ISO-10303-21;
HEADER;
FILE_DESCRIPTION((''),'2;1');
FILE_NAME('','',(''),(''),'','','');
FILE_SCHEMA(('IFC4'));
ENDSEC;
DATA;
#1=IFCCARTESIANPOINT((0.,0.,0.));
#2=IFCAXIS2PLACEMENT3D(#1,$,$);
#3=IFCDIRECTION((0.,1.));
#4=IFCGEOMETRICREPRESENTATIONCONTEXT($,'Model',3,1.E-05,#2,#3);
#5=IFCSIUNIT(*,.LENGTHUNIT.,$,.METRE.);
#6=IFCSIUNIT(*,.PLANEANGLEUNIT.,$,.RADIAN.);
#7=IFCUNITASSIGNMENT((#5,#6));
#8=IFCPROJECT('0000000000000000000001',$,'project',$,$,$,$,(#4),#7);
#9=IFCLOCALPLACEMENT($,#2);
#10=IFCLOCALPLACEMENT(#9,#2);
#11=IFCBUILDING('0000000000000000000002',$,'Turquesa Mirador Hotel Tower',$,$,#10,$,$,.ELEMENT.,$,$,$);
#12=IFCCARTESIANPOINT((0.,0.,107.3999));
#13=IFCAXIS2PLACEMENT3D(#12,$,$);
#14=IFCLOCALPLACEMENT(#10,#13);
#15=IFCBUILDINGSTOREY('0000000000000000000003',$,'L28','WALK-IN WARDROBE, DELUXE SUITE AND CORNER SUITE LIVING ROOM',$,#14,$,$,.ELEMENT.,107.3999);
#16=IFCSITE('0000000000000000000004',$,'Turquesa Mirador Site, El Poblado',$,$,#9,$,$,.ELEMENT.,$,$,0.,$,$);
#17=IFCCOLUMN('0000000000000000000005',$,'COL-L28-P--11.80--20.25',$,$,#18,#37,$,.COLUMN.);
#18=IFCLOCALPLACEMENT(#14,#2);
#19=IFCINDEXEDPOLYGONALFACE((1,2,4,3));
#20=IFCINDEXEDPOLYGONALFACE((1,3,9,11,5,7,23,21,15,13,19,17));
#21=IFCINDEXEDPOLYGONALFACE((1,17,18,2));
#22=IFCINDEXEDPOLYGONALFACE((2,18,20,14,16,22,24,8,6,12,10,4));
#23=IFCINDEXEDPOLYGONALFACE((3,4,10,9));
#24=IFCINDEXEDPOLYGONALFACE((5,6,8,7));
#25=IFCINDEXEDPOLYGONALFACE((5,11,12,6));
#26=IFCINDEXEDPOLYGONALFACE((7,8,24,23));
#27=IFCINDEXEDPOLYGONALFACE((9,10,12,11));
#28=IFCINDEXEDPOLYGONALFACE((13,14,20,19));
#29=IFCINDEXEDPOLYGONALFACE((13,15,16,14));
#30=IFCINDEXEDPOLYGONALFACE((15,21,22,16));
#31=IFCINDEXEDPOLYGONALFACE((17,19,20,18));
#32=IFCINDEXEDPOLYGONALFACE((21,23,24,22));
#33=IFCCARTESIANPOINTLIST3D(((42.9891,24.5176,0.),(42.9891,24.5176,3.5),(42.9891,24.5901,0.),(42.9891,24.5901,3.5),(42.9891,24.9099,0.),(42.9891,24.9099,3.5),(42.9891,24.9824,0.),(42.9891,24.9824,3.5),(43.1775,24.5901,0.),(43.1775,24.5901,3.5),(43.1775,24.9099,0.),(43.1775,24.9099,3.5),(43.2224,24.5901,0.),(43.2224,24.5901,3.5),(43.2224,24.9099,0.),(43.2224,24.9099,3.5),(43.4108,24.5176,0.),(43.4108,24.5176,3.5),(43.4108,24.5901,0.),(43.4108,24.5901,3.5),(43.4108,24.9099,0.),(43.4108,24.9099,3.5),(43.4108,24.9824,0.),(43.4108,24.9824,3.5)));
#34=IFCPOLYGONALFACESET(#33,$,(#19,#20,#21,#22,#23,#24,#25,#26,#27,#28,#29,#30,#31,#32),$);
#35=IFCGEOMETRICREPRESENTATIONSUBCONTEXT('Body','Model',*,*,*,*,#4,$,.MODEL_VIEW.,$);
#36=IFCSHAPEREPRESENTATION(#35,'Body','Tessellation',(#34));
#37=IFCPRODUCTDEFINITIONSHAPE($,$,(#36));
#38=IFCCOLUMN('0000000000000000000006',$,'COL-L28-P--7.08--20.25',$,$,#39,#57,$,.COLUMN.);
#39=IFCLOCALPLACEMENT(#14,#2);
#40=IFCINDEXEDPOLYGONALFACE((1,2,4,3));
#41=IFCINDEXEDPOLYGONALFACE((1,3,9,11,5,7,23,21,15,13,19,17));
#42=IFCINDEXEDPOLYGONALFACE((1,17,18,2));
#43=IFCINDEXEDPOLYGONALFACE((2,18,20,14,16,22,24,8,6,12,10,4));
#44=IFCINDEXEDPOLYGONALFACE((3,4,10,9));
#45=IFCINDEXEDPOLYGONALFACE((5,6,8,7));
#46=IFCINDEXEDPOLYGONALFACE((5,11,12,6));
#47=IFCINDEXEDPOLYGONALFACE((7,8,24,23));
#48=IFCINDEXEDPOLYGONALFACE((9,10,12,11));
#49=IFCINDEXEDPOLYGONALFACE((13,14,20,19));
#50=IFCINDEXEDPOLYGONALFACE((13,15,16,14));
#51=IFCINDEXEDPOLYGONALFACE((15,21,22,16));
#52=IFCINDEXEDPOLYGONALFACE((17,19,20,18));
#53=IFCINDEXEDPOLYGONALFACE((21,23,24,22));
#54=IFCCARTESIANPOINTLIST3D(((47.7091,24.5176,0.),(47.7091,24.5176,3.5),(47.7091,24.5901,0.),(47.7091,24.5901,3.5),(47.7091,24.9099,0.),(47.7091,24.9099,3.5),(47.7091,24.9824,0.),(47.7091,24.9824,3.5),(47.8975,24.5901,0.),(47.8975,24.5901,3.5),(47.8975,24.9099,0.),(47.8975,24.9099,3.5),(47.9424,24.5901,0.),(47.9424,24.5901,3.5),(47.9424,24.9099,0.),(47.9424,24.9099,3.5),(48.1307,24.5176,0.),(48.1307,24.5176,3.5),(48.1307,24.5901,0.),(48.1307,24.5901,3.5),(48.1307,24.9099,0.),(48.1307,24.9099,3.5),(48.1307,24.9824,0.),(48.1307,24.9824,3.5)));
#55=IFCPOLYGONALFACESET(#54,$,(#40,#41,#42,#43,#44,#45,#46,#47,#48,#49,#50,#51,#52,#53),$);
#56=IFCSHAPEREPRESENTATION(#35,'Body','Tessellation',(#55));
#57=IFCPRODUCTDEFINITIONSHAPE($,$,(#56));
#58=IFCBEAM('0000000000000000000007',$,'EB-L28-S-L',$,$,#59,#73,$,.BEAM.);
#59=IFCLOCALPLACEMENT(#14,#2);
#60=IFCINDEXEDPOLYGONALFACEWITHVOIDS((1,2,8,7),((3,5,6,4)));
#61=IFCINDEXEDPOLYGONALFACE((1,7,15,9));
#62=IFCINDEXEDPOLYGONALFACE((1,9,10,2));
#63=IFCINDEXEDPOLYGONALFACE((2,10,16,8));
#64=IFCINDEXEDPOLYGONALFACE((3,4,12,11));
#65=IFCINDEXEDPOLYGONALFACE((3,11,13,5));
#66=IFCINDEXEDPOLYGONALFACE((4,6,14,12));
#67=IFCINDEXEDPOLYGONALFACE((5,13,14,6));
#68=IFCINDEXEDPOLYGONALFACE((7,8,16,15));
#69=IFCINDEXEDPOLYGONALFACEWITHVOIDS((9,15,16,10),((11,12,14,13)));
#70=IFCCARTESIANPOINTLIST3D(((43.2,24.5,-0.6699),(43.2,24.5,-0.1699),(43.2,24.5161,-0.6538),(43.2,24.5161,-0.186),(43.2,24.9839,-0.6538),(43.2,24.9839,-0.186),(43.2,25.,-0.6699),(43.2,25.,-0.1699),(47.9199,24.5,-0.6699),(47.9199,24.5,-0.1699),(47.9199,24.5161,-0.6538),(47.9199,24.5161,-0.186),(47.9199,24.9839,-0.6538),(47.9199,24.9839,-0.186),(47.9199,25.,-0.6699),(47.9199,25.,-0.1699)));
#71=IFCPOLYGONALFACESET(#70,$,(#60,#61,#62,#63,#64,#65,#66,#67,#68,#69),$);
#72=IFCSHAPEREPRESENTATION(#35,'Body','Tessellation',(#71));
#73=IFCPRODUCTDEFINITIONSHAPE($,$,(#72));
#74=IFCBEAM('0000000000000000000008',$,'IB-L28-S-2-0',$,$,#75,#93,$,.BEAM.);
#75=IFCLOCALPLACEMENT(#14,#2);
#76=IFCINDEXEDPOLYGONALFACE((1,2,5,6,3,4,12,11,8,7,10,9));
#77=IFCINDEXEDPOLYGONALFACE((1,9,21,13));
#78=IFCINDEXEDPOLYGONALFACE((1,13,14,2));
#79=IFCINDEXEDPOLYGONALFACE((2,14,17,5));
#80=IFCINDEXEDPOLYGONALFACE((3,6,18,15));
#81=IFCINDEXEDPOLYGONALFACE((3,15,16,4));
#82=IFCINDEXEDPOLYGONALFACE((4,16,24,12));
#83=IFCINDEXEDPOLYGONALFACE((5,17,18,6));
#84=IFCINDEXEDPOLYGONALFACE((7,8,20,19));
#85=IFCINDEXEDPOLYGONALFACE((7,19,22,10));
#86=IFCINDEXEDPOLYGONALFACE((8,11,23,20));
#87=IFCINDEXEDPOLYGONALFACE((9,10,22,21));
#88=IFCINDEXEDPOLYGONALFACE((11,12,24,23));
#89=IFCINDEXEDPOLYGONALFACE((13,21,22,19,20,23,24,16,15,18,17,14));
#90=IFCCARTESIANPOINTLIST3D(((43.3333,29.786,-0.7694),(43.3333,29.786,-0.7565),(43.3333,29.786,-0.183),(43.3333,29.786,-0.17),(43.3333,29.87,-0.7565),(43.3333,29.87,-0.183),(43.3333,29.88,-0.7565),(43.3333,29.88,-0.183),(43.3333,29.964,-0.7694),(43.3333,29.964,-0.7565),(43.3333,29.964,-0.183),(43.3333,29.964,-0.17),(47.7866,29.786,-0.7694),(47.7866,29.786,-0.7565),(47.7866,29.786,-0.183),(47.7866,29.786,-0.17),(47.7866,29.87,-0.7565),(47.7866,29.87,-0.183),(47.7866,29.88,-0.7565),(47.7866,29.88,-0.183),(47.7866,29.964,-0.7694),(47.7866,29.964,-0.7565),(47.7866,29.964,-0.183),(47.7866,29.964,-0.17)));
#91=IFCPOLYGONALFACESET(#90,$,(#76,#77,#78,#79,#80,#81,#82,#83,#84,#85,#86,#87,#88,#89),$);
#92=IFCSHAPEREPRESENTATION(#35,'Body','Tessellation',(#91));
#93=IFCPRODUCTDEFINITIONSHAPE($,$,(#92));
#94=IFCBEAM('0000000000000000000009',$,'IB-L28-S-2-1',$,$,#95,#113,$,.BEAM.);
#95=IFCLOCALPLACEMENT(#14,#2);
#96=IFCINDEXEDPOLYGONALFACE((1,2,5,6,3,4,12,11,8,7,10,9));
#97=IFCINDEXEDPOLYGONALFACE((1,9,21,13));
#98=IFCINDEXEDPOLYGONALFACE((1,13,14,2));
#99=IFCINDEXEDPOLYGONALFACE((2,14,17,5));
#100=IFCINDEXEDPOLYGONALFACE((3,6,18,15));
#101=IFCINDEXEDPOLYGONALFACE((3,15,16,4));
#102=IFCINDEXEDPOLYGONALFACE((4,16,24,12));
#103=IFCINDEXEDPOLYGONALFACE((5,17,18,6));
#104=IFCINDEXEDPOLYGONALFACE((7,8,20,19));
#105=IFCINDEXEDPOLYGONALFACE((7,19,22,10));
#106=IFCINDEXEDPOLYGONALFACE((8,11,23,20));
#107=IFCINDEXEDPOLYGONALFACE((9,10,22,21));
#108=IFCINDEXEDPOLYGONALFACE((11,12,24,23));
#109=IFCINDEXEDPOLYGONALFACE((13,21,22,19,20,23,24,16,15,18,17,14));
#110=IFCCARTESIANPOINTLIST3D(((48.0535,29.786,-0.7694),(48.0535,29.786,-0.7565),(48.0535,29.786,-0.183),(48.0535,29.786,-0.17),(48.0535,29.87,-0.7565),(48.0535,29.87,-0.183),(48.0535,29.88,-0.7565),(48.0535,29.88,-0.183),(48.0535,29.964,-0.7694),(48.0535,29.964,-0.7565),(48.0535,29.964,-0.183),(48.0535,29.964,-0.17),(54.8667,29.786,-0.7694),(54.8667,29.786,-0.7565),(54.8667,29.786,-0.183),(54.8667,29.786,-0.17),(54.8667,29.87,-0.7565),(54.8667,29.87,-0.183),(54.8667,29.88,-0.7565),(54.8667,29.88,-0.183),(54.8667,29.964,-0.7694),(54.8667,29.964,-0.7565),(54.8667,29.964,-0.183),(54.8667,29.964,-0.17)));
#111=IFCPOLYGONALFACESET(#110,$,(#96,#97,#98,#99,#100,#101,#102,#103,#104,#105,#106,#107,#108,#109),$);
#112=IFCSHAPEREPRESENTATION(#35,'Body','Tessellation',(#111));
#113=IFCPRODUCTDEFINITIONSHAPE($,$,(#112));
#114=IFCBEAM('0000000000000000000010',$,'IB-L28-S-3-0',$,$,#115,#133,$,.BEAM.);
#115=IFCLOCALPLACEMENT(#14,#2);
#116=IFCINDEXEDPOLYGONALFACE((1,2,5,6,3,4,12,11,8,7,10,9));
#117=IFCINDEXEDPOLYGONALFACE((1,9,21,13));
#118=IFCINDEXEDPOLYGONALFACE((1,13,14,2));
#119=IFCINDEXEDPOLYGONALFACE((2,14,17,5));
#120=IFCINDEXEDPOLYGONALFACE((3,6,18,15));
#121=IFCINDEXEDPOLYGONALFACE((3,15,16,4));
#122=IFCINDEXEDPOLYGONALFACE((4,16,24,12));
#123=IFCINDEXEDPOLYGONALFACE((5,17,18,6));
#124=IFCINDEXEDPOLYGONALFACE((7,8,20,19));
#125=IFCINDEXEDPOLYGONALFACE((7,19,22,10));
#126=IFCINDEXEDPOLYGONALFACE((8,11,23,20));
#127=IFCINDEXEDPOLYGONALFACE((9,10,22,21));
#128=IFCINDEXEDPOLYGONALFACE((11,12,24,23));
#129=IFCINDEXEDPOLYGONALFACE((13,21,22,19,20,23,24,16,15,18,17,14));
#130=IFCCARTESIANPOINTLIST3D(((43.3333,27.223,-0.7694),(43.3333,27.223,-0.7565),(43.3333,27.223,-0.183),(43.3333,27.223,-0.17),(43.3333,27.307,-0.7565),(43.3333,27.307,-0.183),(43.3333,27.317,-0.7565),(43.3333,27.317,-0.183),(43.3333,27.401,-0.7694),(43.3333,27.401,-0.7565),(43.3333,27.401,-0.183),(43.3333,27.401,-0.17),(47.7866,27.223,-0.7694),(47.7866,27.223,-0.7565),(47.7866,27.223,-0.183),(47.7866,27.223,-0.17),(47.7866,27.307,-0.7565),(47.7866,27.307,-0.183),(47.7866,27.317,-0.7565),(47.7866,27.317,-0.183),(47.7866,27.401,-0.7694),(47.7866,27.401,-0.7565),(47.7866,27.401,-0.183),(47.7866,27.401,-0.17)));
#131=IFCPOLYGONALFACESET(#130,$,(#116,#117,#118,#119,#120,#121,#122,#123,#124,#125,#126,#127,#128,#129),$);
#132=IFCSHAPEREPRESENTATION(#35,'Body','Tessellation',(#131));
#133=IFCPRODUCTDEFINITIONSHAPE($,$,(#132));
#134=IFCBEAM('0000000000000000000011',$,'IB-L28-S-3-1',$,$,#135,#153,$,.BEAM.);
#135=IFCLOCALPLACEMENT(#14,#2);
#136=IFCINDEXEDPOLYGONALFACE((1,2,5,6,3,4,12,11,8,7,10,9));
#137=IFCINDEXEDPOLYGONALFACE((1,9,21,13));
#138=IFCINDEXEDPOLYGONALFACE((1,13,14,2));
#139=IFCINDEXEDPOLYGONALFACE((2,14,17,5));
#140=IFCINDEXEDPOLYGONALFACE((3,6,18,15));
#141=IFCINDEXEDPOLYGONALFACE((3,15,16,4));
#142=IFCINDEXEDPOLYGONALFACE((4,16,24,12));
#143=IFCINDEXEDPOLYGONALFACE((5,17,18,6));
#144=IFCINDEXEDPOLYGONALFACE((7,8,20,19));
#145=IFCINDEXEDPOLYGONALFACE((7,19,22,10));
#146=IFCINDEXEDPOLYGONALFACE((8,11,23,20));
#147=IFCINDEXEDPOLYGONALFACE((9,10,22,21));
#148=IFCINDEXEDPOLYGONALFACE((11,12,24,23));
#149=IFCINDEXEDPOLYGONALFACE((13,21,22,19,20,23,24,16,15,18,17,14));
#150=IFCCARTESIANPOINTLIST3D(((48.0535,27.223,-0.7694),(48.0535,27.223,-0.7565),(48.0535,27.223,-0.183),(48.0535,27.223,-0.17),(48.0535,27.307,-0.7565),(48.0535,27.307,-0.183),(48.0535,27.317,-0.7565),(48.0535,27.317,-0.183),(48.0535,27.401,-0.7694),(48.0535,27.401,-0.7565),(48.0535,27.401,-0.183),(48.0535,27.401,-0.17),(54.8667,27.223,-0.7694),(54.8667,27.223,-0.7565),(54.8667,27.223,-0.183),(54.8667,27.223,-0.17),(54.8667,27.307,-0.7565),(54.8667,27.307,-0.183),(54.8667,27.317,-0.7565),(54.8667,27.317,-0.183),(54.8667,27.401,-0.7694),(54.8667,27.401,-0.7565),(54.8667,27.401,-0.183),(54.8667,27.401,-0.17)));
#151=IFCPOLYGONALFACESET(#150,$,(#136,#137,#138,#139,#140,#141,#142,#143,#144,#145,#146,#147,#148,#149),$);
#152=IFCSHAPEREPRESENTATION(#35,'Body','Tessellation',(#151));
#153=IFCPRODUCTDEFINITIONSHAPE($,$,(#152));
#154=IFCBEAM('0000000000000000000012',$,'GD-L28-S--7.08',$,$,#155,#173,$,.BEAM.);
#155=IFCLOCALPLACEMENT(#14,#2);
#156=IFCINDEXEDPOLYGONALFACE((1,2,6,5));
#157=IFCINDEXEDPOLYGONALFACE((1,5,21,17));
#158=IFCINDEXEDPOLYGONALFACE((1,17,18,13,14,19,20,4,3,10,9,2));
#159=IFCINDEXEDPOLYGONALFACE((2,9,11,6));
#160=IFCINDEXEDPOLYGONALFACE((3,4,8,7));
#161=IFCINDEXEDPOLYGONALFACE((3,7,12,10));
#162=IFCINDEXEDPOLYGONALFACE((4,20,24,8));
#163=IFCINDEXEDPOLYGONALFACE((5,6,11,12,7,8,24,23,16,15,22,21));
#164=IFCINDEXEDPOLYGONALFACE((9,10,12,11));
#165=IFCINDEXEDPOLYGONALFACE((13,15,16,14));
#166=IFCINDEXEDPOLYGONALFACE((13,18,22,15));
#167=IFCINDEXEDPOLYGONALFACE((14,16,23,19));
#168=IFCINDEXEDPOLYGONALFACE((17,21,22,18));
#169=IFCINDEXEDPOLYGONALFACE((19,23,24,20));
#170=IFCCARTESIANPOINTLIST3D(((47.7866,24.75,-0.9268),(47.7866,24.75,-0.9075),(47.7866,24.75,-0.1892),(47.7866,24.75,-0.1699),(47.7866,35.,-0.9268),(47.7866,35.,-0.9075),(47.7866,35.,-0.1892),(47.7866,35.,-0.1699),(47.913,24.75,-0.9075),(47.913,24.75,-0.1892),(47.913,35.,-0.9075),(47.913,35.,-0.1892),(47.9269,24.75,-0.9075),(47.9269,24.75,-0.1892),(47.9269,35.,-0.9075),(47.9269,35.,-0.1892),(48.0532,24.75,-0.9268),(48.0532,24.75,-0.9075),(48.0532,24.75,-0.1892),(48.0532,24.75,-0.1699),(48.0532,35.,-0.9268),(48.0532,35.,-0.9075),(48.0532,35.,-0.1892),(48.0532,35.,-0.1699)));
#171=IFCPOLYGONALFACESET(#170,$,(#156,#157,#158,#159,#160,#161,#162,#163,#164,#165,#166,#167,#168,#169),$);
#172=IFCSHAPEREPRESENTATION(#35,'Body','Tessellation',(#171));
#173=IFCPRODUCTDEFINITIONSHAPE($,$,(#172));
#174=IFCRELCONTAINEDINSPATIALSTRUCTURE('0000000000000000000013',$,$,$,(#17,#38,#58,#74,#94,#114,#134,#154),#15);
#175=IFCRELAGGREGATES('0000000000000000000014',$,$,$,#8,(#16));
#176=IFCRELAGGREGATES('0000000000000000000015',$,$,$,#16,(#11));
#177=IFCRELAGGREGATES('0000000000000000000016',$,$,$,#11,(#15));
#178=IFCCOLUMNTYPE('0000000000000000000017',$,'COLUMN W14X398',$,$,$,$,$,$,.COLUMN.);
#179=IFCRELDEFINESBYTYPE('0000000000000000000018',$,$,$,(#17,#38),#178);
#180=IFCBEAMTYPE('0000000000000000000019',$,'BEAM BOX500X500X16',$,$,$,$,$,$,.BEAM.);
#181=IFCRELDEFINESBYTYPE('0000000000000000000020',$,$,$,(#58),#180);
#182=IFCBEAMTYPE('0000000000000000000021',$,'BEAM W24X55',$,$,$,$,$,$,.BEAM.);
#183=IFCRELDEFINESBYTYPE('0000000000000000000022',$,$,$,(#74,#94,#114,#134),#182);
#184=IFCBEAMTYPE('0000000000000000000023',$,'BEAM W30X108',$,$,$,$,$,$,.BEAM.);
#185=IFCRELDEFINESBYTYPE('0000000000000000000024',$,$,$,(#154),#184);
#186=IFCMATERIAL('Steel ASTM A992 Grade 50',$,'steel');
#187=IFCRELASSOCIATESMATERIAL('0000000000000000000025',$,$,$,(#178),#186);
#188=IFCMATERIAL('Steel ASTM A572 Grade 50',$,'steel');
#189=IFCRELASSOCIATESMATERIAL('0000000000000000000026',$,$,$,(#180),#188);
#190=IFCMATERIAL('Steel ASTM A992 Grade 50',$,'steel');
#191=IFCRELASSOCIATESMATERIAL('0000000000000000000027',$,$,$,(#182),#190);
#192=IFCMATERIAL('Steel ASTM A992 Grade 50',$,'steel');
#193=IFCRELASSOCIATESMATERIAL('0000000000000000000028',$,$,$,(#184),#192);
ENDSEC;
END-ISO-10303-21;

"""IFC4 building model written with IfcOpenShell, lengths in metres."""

from ifc_helpers import new_model, si_unit, direction, frame, origin, origin_2d, place, context, subcontext, project, spatial, hollow_rectangle, i_section, extrude, material, material_profile, profile_set, type_object, element, save


model = new_model("IFC4")

# Units and contexts
model_context = context("Model", 3, precision=1e-05, world=origin(), true_north=direction((0.0, 1.0)))
body_context = subcontext(model_context, "Body", "Model", "MODEL_VIEW")
ifc_project = project(units=[si_unit("LENGTHUNIT", "METRE"), si_unit("PLANEANGLEUNIT", "RADIAN")], contexts=[model_context])

# Site, building, storey
site_placement = place(None, origin())
site = spatial("IfcSite", under=ifc_project, at=site_placement, Name="Turquesa Mirador Site, El Poblado", CompositionType="ELEMENT", RefElevation=0.0)
building_placement = place(site_placement, origin())
building = spatial("IfcBuilding", under=site, at=building_placement, Name="Turquesa Mirador Hotel Tower", CompositionType="ELEMENT")
storey_placement = place(building_placement, frame((0.0, 0.0, 107.3999)))
storey = spatial("IfcBuildingStorey", under=building, at=storey_placement, Name="L28", Description="WALK-IN WARDROBE, DELUXE SUITE AND CORNER SUITE LIVING ROOM", CompositionType="ELEMENT", Elevation=107.3999)

# Columns
ifc_material_1 = material(Name="Steel ASTM A992 Grade 50", Category="steel")
ifc_material_profile_1 = material_profile(ifc_material_1, i_section(OverallWidth=0.4216, OverallDepth=0.4648, WebThickness=0.0449, FlangeThickness=0.0725, at=origin_2d()), Name="W14X398")
ifc_profile_set_1 = profile_set([ifc_material_profile_1], Name="Steel ASTM A992 Grade 50")
column_type = type_object("IfcColumnType", Name="COLUMN W14X398", PredefinedType="COLUMN", material=ifc_profile_set_1)
for number, where, z_axis, x_axis, name in (
    (1, (43.2, 24.75, 0.0), (0.0, 0.0, 1.0), (1.0, 0.0, 0.0), "COL-L28-P--11.80--20.25"),
    (2, (47.9199, 24.75, 0.0), (0.0, 0.0, 1.0), (1.0, 0.0, 0.0), "COL-L28-P--7.08--20.25"),
):
    element("IfcColumn", number, at=place(storey_placement, frame(where, z_axis=z_axis, x_axis=x_axis)), inside=storey, type_object=column_type, Name=name, PredefinedType="COLUMN", context=body_context, shape_type="SweptSolid", body=[
        extrude(i_section(OverallWidth=0.4216, OverallDepth=0.4648, WebThickness=0.0449, FlangeThickness=0.0725, at=origin_2d()), origin(), (0.0, 0.0, 1.0), 3.5),
    ])

# Beams
ifc_material_2 = material(Name="Steel ASTM A572 Grade 50", Category="steel")
ifc_material_profile_2 = material_profile(ifc_material_2, hollow_rectangle(XDim=0.5, YDim=0.5, WallThickness=0.0161, at=origin_2d()), Name="BOX500X500X16")
ifc_profile_set_2 = profile_set([ifc_material_profile_2], Name="Steel ASTM A572 Grade 50")
beam_type_1 = type_object("IfcBeamType", Name="BEAM BOX500X500X16", PredefinedType="BEAM", material=ifc_profile_set_2)
beam_1_placement = place(storey_placement, frame((43.2, 24.75, -0.4199), z_axis=(1.0, 0.0, 0.0), x_axis=(0.0, 1.0, 0.0)))
element("IfcBeam", 3, at=beam_1_placement, inside=storey, type_object=beam_type_1, Name="EB-L28-S-L", PredefinedType="BEAM", context=body_context, shape_type="SweptSolid", body=[
    extrude(hollow_rectangle(XDim=0.5, YDim=0.5, WallThickness=0.0161, at=origin_2d()), origin(), (0.0, 0.0, 1.0), 4.72),
])
ifc_material_3 = material(Name="Steel ASTM A992 Grade 50", Category="steel")
ifc_material_profile_3 = material_profile(ifc_material_3, i_section(OverallWidth=0.178, OverallDepth=0.5994, WebThickness=0.01, FlangeThickness=0.0129, at=origin_2d()), Name="W24X55")
ifc_profile_set_3 = profile_set([ifc_material_profile_3], Name="Steel ASTM A992 Grade 50")
beam_type_2 = type_object("IfcBeamType", Name="BEAM W24X55", PredefinedType="BEAM", material=ifc_profile_set_3)
beam_2_placement = place(storey_placement, frame((43.3333, 29.875, -0.4697), z_axis=(1.0, 0.0, 0.0), x_axis=(0.0, 1.0, 0.0)))
element("IfcBeam", 4, at=beam_2_placement, inside=storey, type_object=beam_type_2, Name="IB-L28-S-2-0", PredefinedType="BEAM", context=body_context, shape_type="SweptSolid", body=[
    extrude(i_section(OverallWidth=0.178, OverallDepth=0.5994, WebThickness=0.01, FlangeThickness=0.0129, at=origin_2d()), origin(), (0.0, 0.0, 1.0), 4.4534),
])
beam_3_placement = place(storey_placement, frame((48.0535, 29.875, -0.4697), z_axis=(1.0, 0.0, 0.0), x_axis=(0.0, 1.0, 0.0)))
element("IfcBeam", 5, at=beam_3_placement, inside=storey, type_object=beam_type_2, Name="IB-L28-S-2-1", PredefinedType="BEAM", context=body_context, shape_type="SweptSolid", body=[
    extrude(i_section(OverallWidth=0.178, OverallDepth=0.5994, WebThickness=0.01, FlangeThickness=0.0129, at=origin_2d()), origin(), (0.0, 0.0, 1.0), 6.8132),
])
beam_4_placement = place(storey_placement, frame((43.3333, 27.312, -0.4697), z_axis=(1.0, 0.0, 0.0), x_axis=(0.0, 1.0, 0.0)))
element("IfcBeam", 6, at=beam_4_placement, inside=storey, type_object=beam_type_2, Name="IB-L28-S-3-0", PredefinedType="BEAM", context=body_context, shape_type="SweptSolid", body=[
    extrude(i_section(OverallWidth=0.178, OverallDepth=0.5994, WebThickness=0.01, FlangeThickness=0.0129, at=origin_2d()), origin(), (0.0, 0.0, 1.0), 4.4534),
])
beam_5_placement = place(storey_placement, frame((48.0535, 27.312, -0.4697), z_axis=(1.0, 0.0, 0.0), x_axis=(0.0, 1.0, 0.0)))
element("IfcBeam", 7, at=beam_5_placement, inside=storey, type_object=beam_type_2, Name="IB-L28-S-3-1", PredefinedType="BEAM", context=body_context, shape_type="SweptSolid", body=[
    extrude(i_section(OverallWidth=0.178, OverallDepth=0.5994, WebThickness=0.01, FlangeThickness=0.0129, at=origin_2d()), origin(), (0.0, 0.0, 1.0), 6.8132),
])
ifc_material_4 = material(Name="Steel ASTM A992 Grade 50", Category="steel")
ifc_material_profile_4 = material_profile(ifc_material_4, i_section(OverallWidth=0.2666, OverallDepth=0.7568, WebThickness=0.0139, FlangeThickness=0.0193, at=origin_2d()), Name="W30X108")
ifc_profile_set_4 = profile_set([ifc_material_profile_4], Name="Steel ASTM A992 Grade 50")
beam_type_3 = type_object("IfcBeamType", Name="BEAM W30X108", PredefinedType="BEAM", material=ifc_profile_set_4)
beam_6_placement = place(storey_placement, frame((47.9199, 24.75, -0.5483), z_axis=(0.0, 1.0, 0.0), x_axis=(-1.0, 0.0, 0.0)))
element("IfcBeam", 8, at=beam_6_placement, inside=storey, type_object=beam_type_3, Name="GD-L28-S--7.08", PredefinedType="BEAM", context=body_context, shape_type="SweptSolid", body=[
    extrude(i_section(OverallWidth=0.2666, OverallDepth=0.7568, WebThickness=0.0139, FlangeThickness=0.0193, at=origin_2d()), origin(), (0.0, 0.0, 1.0), 10.25),
])

save(model, "model.ifc")
